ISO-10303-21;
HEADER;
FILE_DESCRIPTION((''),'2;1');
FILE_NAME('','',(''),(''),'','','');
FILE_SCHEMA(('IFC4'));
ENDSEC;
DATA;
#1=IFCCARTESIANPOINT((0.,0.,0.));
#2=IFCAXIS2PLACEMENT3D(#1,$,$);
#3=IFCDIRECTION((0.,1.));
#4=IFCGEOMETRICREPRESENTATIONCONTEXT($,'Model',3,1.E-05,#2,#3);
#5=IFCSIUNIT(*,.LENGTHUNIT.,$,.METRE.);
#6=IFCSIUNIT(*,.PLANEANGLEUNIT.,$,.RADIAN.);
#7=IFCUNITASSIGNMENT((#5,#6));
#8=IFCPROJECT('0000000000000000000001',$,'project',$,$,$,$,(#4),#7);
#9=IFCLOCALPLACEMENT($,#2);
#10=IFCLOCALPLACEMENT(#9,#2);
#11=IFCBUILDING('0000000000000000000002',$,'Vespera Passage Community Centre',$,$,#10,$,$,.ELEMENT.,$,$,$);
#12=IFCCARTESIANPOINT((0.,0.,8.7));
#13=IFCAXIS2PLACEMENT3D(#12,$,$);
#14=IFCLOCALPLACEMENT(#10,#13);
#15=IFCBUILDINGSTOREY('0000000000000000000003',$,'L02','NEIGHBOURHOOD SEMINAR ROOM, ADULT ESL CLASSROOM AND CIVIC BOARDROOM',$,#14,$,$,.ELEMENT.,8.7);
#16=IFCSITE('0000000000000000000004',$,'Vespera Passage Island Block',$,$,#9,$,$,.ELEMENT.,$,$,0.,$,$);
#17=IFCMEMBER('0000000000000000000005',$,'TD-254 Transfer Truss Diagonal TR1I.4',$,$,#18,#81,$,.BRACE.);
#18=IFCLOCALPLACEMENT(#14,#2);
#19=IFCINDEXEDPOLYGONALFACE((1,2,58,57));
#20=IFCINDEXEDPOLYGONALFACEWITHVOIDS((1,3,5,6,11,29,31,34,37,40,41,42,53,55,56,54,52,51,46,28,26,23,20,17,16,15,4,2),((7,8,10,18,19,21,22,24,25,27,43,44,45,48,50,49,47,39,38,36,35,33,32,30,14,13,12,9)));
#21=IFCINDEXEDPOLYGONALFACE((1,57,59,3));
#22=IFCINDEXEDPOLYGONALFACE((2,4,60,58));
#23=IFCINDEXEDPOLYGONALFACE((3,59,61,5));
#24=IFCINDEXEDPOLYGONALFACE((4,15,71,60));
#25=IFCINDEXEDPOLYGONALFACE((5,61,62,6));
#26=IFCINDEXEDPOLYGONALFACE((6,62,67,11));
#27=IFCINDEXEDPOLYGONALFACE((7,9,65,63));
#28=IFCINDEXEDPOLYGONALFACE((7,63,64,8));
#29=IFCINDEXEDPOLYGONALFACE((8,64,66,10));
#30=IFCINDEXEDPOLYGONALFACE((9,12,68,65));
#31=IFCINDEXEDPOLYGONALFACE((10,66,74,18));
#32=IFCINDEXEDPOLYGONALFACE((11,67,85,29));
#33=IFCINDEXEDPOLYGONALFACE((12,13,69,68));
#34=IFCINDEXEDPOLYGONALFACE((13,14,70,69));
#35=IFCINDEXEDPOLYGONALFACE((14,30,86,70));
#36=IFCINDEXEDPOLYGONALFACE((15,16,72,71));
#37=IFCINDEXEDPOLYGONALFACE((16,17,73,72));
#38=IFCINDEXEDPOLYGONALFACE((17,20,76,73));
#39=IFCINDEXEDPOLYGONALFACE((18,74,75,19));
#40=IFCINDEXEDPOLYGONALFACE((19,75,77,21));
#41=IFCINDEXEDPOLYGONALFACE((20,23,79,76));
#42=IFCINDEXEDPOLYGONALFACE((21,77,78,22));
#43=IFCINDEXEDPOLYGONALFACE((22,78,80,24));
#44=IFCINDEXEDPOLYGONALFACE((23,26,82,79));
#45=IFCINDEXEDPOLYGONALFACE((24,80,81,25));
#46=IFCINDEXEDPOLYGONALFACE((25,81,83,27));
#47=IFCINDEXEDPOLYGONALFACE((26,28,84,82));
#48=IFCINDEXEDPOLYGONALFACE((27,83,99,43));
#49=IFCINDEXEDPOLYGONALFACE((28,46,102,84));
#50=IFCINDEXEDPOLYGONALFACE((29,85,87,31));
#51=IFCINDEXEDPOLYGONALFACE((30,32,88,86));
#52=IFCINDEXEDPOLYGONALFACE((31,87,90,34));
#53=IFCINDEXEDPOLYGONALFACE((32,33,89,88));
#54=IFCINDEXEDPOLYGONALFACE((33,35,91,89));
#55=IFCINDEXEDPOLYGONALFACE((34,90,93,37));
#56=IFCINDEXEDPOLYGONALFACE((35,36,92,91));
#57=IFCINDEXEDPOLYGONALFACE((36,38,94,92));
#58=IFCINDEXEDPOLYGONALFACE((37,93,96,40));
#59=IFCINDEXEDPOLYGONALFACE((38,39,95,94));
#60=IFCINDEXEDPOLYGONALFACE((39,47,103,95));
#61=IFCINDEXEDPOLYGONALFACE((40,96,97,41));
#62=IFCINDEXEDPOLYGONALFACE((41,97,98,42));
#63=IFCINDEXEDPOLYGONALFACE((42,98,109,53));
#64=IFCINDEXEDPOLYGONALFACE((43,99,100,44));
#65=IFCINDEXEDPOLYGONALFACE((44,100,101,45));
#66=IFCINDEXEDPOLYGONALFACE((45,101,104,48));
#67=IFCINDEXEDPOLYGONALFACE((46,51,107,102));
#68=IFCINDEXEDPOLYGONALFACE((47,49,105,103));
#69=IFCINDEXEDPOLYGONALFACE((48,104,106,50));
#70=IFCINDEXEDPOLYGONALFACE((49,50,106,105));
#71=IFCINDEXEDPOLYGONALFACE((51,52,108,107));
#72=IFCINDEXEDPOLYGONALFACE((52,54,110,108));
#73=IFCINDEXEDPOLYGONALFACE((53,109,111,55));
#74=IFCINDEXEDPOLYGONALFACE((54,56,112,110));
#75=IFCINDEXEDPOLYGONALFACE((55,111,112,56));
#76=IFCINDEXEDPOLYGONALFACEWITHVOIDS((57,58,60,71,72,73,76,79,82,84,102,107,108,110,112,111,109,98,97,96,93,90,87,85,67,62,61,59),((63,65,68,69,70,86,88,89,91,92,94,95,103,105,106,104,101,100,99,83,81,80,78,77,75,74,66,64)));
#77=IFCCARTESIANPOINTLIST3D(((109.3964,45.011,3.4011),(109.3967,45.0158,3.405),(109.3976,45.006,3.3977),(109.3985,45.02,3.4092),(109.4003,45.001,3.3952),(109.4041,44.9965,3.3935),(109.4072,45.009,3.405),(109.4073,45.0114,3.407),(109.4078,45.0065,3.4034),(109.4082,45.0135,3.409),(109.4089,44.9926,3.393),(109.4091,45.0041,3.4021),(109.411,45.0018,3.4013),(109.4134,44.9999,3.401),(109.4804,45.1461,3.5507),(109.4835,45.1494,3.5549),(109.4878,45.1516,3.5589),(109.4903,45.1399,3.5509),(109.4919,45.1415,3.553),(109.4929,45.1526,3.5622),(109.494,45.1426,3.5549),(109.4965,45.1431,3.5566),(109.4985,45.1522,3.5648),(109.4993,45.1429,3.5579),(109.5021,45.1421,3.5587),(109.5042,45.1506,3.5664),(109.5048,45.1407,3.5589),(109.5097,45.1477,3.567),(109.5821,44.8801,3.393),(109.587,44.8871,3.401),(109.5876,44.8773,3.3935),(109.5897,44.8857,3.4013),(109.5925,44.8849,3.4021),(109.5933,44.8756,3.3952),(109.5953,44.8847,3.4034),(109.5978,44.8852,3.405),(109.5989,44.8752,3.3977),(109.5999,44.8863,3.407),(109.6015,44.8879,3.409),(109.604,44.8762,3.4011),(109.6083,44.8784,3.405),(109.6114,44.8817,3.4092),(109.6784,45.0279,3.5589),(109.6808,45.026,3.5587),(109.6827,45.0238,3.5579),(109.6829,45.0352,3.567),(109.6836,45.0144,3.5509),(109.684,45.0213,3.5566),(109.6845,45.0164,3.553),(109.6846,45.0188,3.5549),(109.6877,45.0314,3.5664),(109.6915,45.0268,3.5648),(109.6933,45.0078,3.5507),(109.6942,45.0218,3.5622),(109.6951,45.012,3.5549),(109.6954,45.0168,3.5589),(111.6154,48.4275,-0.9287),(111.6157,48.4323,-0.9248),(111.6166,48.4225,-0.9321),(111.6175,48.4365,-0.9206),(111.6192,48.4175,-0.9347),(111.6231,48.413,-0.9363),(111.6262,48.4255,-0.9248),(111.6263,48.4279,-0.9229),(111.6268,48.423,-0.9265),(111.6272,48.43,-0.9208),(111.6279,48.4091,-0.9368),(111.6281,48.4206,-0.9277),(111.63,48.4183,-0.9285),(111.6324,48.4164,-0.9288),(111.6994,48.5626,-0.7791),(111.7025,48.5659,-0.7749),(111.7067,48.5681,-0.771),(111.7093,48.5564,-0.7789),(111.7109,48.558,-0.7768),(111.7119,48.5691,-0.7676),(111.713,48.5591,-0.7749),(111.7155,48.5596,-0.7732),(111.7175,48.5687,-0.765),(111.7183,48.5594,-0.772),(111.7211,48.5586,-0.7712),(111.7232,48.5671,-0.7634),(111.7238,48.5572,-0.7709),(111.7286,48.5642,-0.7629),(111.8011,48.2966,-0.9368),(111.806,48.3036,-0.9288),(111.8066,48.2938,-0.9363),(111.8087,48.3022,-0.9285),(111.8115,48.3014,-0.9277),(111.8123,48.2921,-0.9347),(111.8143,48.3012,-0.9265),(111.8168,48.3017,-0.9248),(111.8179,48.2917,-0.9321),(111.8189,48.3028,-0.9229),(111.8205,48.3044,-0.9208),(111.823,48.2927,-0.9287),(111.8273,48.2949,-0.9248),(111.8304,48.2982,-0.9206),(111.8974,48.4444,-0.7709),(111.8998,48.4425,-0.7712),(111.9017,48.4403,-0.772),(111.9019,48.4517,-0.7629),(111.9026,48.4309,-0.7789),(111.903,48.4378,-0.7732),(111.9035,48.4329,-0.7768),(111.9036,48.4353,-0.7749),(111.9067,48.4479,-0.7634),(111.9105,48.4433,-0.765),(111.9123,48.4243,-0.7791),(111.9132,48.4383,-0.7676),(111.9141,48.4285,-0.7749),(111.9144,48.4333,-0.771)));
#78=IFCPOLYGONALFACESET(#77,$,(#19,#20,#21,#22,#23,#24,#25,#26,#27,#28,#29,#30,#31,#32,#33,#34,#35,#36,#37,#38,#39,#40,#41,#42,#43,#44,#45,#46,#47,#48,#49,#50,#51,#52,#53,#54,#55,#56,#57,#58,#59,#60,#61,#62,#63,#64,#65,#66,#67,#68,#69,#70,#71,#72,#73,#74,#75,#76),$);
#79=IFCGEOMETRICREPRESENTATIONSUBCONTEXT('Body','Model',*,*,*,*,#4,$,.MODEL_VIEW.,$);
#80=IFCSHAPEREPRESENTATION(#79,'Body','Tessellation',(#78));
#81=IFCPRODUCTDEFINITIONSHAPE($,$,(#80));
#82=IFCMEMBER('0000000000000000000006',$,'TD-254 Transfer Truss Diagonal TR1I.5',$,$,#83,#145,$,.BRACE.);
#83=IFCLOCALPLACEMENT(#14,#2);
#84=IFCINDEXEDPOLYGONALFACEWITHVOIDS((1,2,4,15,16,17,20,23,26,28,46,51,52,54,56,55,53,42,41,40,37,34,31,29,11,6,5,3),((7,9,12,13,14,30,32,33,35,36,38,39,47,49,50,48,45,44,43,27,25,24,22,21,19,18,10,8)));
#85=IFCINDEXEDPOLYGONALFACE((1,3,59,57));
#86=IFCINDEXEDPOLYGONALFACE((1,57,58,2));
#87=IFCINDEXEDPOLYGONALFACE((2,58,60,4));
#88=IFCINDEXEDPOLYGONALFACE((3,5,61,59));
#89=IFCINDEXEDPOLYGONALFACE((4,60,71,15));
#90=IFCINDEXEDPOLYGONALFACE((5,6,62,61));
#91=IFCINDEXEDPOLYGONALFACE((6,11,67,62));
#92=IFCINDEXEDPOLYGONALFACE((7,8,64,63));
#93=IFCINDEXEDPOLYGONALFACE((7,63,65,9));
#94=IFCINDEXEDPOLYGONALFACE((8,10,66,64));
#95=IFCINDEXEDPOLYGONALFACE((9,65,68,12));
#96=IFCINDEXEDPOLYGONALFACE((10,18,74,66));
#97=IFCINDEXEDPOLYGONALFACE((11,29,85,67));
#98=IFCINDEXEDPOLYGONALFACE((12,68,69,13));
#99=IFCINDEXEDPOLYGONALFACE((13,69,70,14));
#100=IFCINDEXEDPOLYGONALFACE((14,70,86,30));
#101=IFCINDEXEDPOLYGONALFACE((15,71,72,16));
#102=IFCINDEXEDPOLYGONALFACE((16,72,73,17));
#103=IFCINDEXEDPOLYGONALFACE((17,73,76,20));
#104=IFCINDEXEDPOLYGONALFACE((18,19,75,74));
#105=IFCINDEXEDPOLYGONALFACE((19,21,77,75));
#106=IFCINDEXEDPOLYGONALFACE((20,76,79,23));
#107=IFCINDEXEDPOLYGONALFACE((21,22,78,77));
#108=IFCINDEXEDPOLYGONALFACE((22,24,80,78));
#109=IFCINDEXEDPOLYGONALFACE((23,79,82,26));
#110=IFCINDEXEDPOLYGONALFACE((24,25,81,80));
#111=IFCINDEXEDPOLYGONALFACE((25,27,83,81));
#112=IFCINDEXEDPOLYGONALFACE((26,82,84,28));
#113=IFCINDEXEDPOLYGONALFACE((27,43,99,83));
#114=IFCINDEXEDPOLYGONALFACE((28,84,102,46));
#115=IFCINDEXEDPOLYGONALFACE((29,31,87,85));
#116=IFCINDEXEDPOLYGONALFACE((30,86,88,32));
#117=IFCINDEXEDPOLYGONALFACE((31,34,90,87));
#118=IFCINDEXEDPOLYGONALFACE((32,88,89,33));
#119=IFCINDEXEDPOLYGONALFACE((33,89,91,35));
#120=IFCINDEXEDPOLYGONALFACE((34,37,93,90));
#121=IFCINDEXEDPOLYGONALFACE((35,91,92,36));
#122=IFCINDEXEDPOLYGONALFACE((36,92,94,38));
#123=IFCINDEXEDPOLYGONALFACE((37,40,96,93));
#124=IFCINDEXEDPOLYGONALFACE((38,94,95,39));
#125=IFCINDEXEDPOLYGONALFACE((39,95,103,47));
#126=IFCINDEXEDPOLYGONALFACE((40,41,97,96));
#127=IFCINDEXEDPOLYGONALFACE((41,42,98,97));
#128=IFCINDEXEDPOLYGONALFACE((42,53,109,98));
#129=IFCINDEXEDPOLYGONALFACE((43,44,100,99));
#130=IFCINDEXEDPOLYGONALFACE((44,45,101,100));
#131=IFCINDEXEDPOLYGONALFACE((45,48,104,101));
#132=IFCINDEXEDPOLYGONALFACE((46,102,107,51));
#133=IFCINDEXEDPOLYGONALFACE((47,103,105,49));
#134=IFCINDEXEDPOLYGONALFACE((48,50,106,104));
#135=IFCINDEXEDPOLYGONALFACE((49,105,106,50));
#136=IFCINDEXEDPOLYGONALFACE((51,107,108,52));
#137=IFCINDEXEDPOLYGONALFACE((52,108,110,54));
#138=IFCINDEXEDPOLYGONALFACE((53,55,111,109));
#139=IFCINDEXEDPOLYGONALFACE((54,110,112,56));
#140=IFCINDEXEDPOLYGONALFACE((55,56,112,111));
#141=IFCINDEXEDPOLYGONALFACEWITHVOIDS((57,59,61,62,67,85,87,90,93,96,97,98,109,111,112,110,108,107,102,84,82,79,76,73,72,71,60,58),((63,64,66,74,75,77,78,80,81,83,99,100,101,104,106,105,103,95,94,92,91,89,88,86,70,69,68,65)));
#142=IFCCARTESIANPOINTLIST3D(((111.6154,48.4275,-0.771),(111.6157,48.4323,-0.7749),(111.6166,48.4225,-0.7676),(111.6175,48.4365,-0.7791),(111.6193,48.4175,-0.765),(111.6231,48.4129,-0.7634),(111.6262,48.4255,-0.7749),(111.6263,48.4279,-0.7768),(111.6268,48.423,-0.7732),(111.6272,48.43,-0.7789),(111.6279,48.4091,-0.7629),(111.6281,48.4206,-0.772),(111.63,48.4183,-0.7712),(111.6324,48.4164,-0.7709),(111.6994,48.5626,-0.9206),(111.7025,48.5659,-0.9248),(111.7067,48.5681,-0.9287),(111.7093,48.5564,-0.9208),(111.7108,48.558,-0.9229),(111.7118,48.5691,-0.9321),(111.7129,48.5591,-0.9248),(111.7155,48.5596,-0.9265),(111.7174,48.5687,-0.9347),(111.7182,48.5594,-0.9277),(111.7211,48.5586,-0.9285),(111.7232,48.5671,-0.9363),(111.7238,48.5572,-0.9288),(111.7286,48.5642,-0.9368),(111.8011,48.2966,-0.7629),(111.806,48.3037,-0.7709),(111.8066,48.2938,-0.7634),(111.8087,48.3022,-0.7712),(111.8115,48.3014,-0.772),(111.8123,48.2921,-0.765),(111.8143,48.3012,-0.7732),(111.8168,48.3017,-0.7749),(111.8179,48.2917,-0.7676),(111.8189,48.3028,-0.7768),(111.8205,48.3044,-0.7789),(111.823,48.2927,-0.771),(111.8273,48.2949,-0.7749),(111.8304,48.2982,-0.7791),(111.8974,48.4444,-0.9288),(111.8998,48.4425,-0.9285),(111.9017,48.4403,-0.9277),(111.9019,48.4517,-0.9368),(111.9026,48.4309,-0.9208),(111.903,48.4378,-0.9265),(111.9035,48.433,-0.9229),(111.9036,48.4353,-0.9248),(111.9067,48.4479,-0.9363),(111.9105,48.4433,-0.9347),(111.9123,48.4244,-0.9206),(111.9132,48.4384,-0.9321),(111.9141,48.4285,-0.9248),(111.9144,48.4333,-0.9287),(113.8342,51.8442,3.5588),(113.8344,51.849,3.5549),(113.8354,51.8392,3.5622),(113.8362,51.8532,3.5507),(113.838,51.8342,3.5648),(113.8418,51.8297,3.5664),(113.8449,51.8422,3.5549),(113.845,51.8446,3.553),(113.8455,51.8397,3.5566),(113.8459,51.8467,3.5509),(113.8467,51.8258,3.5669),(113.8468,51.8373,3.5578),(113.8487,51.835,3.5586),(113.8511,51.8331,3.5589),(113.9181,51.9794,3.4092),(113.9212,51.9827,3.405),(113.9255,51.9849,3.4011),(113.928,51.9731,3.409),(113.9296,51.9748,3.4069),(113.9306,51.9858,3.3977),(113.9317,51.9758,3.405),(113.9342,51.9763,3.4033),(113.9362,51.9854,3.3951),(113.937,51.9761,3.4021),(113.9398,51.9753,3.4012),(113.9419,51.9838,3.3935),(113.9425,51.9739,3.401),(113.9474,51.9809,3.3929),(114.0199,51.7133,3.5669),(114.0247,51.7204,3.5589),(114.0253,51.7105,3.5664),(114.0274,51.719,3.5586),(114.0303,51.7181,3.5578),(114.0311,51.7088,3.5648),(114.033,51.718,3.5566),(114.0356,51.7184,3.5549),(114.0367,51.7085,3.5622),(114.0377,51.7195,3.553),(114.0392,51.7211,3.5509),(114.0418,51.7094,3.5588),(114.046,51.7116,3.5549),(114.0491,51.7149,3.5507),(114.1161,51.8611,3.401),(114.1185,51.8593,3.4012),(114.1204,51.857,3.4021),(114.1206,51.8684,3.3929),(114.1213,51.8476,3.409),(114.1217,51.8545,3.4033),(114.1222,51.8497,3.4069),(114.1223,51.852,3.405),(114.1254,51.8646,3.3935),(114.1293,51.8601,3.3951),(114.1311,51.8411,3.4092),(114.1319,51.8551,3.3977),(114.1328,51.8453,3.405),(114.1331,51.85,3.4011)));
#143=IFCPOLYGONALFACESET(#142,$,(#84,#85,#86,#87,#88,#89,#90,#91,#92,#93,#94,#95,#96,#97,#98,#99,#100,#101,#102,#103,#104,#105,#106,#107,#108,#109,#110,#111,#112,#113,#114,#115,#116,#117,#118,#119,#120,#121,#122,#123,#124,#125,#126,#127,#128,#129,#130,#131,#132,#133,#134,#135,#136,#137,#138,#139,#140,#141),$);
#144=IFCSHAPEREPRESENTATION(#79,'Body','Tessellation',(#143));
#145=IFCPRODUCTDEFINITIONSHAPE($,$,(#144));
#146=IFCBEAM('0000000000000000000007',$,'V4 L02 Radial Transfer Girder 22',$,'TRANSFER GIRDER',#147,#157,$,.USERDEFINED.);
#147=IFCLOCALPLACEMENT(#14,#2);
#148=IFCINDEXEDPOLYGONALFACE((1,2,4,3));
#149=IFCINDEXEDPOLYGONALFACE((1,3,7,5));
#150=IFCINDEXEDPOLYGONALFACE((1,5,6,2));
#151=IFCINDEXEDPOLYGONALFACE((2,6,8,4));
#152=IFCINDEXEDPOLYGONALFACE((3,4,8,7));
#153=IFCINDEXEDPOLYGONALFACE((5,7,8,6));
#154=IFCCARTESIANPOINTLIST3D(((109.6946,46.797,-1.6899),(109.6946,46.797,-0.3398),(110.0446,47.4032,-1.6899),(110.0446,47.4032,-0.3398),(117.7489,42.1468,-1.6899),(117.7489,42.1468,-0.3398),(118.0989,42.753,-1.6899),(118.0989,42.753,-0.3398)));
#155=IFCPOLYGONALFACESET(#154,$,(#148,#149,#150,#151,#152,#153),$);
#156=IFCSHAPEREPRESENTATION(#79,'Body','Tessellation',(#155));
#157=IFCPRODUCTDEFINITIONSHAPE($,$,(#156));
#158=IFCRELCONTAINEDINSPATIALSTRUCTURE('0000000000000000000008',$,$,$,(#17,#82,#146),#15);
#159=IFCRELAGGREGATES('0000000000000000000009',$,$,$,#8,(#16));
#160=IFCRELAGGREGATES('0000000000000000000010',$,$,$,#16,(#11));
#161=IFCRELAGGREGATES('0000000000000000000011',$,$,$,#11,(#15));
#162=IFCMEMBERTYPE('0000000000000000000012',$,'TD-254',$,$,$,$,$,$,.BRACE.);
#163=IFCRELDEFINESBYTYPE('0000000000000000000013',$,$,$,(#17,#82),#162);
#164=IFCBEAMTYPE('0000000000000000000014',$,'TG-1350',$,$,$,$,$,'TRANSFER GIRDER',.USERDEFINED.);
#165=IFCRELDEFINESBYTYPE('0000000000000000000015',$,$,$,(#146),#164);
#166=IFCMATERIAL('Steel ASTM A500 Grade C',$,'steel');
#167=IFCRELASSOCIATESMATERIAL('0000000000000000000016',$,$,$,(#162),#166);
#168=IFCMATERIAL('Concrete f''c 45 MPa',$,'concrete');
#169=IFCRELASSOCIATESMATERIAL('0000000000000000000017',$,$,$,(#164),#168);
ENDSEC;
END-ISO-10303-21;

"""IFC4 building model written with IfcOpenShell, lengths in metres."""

from ifc_helpers import new_model, si_unit, direction, frame, origin, origin_2d, place, context, subcontext, project, spatial, rectangle, hollow_rectangle, extrude, material, material_profile, profile_set, type_object, element, save


model = new_model("IFC4")

# Units and contexts
model_context = context("Model", 3, precision=1e-05, world=origin(), true_north=direction((0.0, 1.0)))
body_context = subcontext(model_context, "Body", "Model", "MODEL_VIEW")
ifc_project = project(units=[si_unit("LENGTHUNIT", "METRE"), si_unit("PLANEANGLEUNIT", "RADIAN")], contexts=[model_context])

# Site, building, storey
site_placement = place(None, origin())
site = spatial("IfcSite", under=ifc_project, at=site_placement, Name="Vespera Passage Island Block", CompositionType="ELEMENT", RefElevation=0.0)
building_placement = place(site_placement, origin())
building = spatial("IfcBuilding", under=site, at=building_placement, Name="Vespera Passage Community Centre", CompositionType="ELEMENT")
storey_placement = place(building_placement, frame((0.0, 0.0, 8.7)))
storey = spatial("IfcBuildingStorey", under=building, at=storey_placement, Name="L02", Description="NEIGHBOURHOOD SEMINAR ROOM, ADULT ESL CLASSROOM AND CIVIC BOARDROOM", CompositionType="ELEMENT", Elevation=8.7)

# Members
ifc_material_1 = material(Name="Steel ASTM A500 Grade C", Category="steel")
ifc_material_profile_1 = material_profile(ifc_material_1, hollow_rectangle(XDim=0.2539, YDim=0.2539, WallThickness=0.0117, InnerFilletRadius=0.0117, OuterFilletRadius=0.0237, at=origin_2d()), Name="HSS254X254X12.7")
ifc_profile_set_1 = profile_set([ifc_material_profile_1], Name="Steel ASTM A500 Grade C")
member_type_1 = type_object("IfcMemberType", Name="TD-254", PredefinedType="BRACE", material=ifc_profile_set_1)
for number, where, z_axis, x_axis, name in (
    (1, (109.5459, 45.0139, 3.48), (0.373249, 0.574678, -0.728306), (-0.838638, 0.544689, 0.0), "TD-254 Transfer Truss Diagonal TR1I.4"),
    (2, (111.7649, 48.4304, -0.8499), (0.373205, 0.574714, 0.7283), (-0.838683, 0.54462, 0.0), "TD-254 Transfer Truss Diagonal TR1I.5"),
):
    element("IfcMember", number, at=place(storey_placement, frame(where, z_axis=z_axis, x_axis=x_axis)), inside=storey, type_object=member_type_1, Name=name, PredefinedType="BRACE", context=body_context, shape_type="SweptSolid", body=[
        extrude(hollow_rectangle(XDim=0.2539, YDim=0.2539, WallThickness=0.0117, InnerFilletRadius=0.0117, OuterFilletRadius=0.0237, at=origin_2d()), origin(), (0.0, 0.0, 1.0), 5.9451),
    ])

# Beam
ifc_material_2 = material(Name="Concrete f'c 45 MPa", Category="concrete")
ifc_material_profile_2 = material_profile(ifc_material_2, rectangle(XDim=0.7, YDim=1.3501, at=origin_2d()), Name="RC700X1350")
ifc_profile_set_2 = profile_set([ifc_material_profile_2], Name="Concrete f'c 45 MPa")
beam_type_1 = type_object("IfcBeamType", Name="TG-1350", ElementType="TRANSFER GIRDER", PredefinedType="USERDEFINED", material=ifc_profile_set_2)
beam_1_placement = place(storey_placement, frame((109.8696, 47.1001, -1.0149), z_axis=(0.866023, -0.500004, 0.0), x_axis=(0.500004, 0.866023, 0.0)))
element("IfcBeam", 3, at=beam_1_placement, inside=storey, type_object=beam_type_1, Name="V4 L02 Radial Transfer Girder 22", ObjectType="TRANSFER GIRDER", PredefinedType="USERDEFINED", context=body_context, shape_type="SweptSolid", body=[
    extrude(rectangle(XDim=0.7, YDim=1.3501, at=origin_2d()), origin(), (0.0, 0.0, 1.0), 9.3003),
])

save(model, "model.ifc")
